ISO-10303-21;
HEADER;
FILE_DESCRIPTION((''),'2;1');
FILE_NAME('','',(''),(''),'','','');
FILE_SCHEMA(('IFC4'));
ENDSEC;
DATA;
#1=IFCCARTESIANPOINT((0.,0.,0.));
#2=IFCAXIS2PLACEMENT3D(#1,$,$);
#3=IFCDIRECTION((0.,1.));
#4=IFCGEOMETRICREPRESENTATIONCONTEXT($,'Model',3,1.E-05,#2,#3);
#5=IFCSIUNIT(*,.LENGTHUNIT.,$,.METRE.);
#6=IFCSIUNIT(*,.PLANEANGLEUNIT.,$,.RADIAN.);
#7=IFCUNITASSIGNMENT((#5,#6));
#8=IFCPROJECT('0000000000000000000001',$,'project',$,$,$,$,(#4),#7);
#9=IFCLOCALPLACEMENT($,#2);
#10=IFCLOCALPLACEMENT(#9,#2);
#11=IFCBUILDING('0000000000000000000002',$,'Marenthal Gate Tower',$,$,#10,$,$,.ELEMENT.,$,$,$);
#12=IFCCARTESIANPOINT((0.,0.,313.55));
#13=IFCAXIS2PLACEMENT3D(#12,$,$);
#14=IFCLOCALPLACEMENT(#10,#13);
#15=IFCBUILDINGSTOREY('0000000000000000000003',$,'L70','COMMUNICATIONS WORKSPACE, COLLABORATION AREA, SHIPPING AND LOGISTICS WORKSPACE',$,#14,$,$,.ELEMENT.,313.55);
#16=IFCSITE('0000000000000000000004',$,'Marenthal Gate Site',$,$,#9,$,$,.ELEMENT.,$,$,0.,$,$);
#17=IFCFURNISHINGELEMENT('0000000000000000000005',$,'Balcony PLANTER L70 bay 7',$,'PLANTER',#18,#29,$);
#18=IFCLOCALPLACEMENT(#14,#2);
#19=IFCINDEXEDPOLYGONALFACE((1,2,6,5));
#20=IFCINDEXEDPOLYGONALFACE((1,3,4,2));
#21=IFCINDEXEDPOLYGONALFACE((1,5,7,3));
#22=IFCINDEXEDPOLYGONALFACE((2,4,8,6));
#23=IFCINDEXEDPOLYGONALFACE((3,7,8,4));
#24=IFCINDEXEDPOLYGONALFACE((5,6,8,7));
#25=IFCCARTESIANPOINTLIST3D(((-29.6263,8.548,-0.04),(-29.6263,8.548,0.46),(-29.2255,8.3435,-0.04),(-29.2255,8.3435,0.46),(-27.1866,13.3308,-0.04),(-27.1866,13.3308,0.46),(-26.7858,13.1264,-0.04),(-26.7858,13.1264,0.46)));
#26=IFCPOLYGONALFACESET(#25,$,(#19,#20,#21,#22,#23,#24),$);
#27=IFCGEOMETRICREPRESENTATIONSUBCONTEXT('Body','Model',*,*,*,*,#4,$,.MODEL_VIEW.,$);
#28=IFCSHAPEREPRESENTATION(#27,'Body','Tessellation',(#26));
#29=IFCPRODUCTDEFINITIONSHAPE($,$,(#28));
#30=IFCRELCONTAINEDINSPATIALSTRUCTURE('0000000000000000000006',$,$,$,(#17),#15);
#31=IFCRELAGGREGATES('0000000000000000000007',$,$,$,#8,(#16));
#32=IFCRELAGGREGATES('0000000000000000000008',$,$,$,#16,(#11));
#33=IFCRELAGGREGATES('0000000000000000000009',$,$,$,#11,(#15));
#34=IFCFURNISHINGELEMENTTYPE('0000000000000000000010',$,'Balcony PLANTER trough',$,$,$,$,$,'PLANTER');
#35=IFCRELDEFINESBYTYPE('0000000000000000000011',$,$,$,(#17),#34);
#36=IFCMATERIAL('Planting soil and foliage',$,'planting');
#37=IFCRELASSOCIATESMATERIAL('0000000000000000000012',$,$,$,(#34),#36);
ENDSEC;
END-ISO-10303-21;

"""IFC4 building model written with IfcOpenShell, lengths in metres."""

from ifc_helpers import new_model, si_unit, direction, frame, origin, origin_2d, place, context, subcontext, project, spatial, rectangle, extrude, material, type_object, element, save


model = new_model("IFC4")

# Units and contexts
model_context = context("Model", 3, precision=1e-05, world=origin(), true_north=direction((0.0, 1.0)))
body_context = subcontext(model_context, "Body", "Model", "MODEL_VIEW")
ifc_project = project(units=[si_unit("LENGTHUNIT", "METRE"), si_unit("PLANEANGLEUNIT", "RADIAN")], contexts=[model_context])

# Site, building, storey
site_placement = place(None, origin())
site = spatial("IfcSite", under=ifc_project, at=site_placement, Name="Marenthal Gate Site", CompositionType="ELEMENT", RefElevation=0.0)
building_placement = place(site_placement, origin())
building = spatial("IfcBuilding", under=site, at=building_placement, Name="Marenthal Gate Tower", CompositionType="ELEMENT")
storey_placement = place(building_placement, frame((0.0, 0.0, 313.55)))
storey = spatial("IfcBuildingStorey", under=building, at=storey_placement, Name="L70", Description="COMMUNICATIONS WORKSPACE, COLLABORATION AREA, SHIPPING AND LOGISTICS WORKSPACE", CompositionType="ELEMENT", Elevation=313.55)

# Furnishing element
ifc_material_1 = material(Name="Planting soil and foliage", Category="planting")
furnishing_element_type = type_object("IfcFurnishingElementType", Name="Balcony PLANTER trough", ElementType="PLANTER", material=ifc_material_1)
furnishing_placement = place(storey_placement, frame((-28.2061, 10.8372, -0.04), z_axis=(0.0, 0.0, 1.0), x_axis=(-0.454389, -0.890803, 0.0)))
element("IfcFurnishingElement", 1, at=furnishing_placement, inside=storey, type_object=furnishing_element_type, Name="Balcony PLANTER L70 bay 7", ObjectType="PLANTER", context=body_context, shape_type="SweptSolid", body=[
    extrude(rectangle(XDim=5.3691, YDim=0.45, at=origin_2d()), origin(), (0.0, 0.0, 1.0), 0.5),
])

save(model, "model.ifc")
